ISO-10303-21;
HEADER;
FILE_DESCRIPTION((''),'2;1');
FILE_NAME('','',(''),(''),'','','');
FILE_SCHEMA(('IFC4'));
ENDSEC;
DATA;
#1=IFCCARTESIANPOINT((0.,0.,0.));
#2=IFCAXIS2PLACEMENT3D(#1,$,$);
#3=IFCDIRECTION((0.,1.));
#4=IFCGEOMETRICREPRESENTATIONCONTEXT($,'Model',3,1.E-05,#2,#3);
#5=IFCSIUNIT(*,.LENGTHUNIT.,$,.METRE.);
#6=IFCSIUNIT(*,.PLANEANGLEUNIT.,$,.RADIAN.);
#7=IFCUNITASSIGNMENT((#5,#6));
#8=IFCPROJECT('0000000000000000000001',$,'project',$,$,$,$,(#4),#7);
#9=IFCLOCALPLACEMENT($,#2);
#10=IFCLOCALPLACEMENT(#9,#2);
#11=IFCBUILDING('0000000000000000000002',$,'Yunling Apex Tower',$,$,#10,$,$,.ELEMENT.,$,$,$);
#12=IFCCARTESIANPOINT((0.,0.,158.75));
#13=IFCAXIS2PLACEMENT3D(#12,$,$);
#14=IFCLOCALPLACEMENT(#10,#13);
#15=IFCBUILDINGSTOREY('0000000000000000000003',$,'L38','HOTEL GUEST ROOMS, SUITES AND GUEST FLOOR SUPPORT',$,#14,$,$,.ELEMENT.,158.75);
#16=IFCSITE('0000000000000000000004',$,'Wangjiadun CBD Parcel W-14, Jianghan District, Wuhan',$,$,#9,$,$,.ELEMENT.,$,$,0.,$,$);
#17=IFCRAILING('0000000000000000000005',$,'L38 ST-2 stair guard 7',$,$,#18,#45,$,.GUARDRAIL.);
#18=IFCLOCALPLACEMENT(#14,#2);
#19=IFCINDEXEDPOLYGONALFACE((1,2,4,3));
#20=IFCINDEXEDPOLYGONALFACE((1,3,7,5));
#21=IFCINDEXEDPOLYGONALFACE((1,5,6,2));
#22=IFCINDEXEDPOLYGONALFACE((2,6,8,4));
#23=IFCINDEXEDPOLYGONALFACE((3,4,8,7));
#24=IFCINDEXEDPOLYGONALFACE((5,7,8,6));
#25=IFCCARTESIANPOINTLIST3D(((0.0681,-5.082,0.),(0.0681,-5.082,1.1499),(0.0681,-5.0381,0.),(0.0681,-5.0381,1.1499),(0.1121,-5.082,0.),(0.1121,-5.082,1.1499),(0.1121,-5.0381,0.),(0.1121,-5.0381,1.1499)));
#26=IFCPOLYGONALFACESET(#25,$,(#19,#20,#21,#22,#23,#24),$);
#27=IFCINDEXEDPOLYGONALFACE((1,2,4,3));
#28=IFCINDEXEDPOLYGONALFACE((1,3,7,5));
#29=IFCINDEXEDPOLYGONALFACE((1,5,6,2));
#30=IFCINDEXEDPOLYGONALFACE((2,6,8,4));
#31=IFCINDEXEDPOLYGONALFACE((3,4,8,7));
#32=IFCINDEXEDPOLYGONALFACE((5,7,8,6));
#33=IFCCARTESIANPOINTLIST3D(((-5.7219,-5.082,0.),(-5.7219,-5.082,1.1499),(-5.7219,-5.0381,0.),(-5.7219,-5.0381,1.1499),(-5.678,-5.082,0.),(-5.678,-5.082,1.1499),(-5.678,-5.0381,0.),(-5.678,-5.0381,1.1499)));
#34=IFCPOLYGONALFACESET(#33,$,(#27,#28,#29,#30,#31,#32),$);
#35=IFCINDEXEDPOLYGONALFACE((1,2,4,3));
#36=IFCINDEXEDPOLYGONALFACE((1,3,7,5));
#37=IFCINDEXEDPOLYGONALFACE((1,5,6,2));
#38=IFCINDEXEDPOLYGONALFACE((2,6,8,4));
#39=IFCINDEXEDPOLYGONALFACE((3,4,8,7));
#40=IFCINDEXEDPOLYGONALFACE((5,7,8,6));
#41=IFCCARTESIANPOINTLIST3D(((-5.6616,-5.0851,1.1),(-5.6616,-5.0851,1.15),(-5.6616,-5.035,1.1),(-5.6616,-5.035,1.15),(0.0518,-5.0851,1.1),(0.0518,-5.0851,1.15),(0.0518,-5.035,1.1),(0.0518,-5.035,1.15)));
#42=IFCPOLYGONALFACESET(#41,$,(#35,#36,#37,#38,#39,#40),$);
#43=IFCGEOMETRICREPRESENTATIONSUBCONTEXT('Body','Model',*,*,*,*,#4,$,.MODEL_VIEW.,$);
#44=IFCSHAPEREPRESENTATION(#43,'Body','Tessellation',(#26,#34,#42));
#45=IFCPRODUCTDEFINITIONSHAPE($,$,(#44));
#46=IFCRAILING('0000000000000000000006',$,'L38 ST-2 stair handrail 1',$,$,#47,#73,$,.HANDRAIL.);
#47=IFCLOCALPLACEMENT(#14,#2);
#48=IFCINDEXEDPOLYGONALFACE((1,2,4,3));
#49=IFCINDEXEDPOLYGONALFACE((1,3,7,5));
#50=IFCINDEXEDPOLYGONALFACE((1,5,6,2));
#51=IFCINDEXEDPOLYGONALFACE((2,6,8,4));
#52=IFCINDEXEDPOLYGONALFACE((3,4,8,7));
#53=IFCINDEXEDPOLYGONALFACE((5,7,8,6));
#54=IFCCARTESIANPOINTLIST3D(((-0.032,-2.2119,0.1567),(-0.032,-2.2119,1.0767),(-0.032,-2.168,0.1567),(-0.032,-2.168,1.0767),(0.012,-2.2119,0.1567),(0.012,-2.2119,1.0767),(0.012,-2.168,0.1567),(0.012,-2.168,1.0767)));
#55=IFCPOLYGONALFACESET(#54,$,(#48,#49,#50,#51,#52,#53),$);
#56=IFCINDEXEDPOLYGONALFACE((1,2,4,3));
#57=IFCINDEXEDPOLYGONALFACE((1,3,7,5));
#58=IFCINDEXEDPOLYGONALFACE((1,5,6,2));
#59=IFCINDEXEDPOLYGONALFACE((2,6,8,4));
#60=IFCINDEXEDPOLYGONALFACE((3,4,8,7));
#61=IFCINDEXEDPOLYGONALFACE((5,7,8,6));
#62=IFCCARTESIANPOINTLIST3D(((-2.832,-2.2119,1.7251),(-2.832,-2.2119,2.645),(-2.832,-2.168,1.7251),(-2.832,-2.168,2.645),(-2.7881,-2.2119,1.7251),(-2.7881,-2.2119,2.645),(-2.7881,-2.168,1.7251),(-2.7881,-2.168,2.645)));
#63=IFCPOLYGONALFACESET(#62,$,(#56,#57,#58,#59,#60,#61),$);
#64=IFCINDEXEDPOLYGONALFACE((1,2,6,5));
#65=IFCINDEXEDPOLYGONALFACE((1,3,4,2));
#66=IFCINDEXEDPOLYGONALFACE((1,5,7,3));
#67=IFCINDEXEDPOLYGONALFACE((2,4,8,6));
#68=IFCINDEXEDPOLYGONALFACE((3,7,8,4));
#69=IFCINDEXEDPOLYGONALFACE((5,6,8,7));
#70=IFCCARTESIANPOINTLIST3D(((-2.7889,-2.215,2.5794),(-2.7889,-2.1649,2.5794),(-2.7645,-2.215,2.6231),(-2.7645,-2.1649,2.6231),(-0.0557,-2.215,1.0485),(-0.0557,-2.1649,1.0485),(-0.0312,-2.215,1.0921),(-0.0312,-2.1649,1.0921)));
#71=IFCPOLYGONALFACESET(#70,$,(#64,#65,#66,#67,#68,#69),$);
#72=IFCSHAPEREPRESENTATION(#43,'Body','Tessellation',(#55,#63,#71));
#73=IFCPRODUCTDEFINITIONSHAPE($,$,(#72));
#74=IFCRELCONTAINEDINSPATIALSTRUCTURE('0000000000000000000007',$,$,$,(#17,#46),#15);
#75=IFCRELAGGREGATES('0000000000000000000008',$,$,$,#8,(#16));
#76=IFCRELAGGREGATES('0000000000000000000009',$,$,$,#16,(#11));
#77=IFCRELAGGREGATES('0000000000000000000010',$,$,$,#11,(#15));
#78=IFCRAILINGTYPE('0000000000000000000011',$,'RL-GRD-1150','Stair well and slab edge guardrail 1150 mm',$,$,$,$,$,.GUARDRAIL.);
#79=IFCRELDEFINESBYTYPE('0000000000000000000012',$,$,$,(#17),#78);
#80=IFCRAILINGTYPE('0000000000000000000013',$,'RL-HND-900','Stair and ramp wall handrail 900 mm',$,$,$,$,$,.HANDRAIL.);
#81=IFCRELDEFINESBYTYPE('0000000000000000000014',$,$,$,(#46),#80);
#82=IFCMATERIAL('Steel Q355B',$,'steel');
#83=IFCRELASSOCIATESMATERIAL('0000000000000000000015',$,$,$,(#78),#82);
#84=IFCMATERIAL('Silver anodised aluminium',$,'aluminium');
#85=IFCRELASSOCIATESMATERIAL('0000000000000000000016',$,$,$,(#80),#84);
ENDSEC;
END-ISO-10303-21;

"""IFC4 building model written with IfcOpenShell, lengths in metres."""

from ifc_helpers import new_model, si_unit, direction, frame, origin, origin_2d, place, context, subcontext, project, spatial, rectangle, extrude, material, type_object, element, save


model = new_model("IFC4")

# Units and contexts
model_context = context("Model", 3, precision=1e-05, world=origin(), true_north=direction((0.0, 1.0)))
body_context = subcontext(model_context, "Body", "Model", "MODEL_VIEW")
ifc_project = project(units=[si_unit("LENGTHUNIT", "METRE"), si_unit("PLANEANGLEUNIT", "RADIAN")], contexts=[model_context])

# Site, building, storey
site_placement = place(None, origin())
site = spatial("IfcSite", under=ifc_project, at=site_placement, Name="Wangjiadun CBD Parcel W-14, Jianghan District, Wuhan", CompositionType="ELEMENT", RefElevation=0.0)
building_placement = place(site_placement, origin())
building = spatial("IfcBuilding", under=site, at=building_placement, Name="Yunling Apex Tower", CompositionType="ELEMENT")
storey_placement = place(building_placement, frame((0.0, 0.0, 158.75)))
storey = spatial("IfcBuildingStorey", under=building, at=storey_placement, Name="L38", Description="HOTEL GUEST ROOMS, SUITES AND GUEST FLOOR SUPPORT", CompositionType="ELEMENT", Elevation=158.75)

# Shared definitions
ifc_material_1 = material(Name="Steel Q355B", Category="steel")

# Railings
railing_type_1 = type_object("IfcRailingType", Name="RL-GRD-1150", Description="Stair well and slab edge guardrail 1150 mm", PredefinedType="GUARDRAIL", material=ifc_material_1)
railing_1_placement = place(storey_placement, frame((0.0901, -5.0601, 0.0)))
element("IfcRailing", 1, at=railing_1_placement, inside=storey, type_object=railing_type_1, Name="L38 ST-2 stair guard 7", PredefinedType="GUARDRAIL", context=body_context, shape_type="SweptSolid", body=[
    extrude(rectangle(XDim=0.0439, YDim=0.0439, at=origin_2d()), origin(), (0.0, 0.0, 1.0), 1.1499),
    extrude(rectangle(XDim=0.0439, YDim=0.0439, at=origin_2d()), frame((-5.79, 0.0, 0.0)), (0.0, 0.0, 1.0), 1.1499),
    extrude(rectangle(XDim=0.05, YDim=0.05, at=origin_2d()), frame((-0.0383, 0.0, 1.125), z_axis=(-1.0, 0.0, 0.0), x_axis=(0.0, -1.0, 0.0)), (0.0, 0.0, 1.0), 5.7134),
])
ifc_material_2 = material(Name="Silver anodised aluminium", Category="aluminium")
railing_type_2 = type_object("IfcRailingType", Name="RL-HND-900", Description="Stair and ramp wall handrail 900 mm", PredefinedType="HANDRAIL", material=ifc_material_2)
railing_2_placement = place(storey_placement, frame((-0.01, -2.1899, 0.1567)))
element("IfcRailing", 2, at=railing_2_placement, inside=storey, type_object=railing_type_2, Name="L38 ST-2 stair handrail 1", PredefinedType="HANDRAIL", context=body_context, shape_type="SweptSolid", body=[
    extrude(rectangle(XDim=0.0439, YDim=0.0439, at=origin_2d()), origin(), (0.0, 0.0, 1.0), 0.9199),
    extrude(rectangle(XDim=0.0439, YDim=0.0439, at=origin_2d()), frame((-2.8, 0.0, 1.5684)), (0.0, 0.0, 1.0), 0.9199),
    extrude(rectangle(XDim=0.05, YDim=0.05, at=origin_2d()), frame((-0.0334, 0.0, 0.9136), z_axis=(-0.872462, 0.0, 0.488682), x_axis=(0.0, -1.0, 0.0)), (0.0, 0.0, 1.0), 3.1328),
])

save(model, "model.ifc")
